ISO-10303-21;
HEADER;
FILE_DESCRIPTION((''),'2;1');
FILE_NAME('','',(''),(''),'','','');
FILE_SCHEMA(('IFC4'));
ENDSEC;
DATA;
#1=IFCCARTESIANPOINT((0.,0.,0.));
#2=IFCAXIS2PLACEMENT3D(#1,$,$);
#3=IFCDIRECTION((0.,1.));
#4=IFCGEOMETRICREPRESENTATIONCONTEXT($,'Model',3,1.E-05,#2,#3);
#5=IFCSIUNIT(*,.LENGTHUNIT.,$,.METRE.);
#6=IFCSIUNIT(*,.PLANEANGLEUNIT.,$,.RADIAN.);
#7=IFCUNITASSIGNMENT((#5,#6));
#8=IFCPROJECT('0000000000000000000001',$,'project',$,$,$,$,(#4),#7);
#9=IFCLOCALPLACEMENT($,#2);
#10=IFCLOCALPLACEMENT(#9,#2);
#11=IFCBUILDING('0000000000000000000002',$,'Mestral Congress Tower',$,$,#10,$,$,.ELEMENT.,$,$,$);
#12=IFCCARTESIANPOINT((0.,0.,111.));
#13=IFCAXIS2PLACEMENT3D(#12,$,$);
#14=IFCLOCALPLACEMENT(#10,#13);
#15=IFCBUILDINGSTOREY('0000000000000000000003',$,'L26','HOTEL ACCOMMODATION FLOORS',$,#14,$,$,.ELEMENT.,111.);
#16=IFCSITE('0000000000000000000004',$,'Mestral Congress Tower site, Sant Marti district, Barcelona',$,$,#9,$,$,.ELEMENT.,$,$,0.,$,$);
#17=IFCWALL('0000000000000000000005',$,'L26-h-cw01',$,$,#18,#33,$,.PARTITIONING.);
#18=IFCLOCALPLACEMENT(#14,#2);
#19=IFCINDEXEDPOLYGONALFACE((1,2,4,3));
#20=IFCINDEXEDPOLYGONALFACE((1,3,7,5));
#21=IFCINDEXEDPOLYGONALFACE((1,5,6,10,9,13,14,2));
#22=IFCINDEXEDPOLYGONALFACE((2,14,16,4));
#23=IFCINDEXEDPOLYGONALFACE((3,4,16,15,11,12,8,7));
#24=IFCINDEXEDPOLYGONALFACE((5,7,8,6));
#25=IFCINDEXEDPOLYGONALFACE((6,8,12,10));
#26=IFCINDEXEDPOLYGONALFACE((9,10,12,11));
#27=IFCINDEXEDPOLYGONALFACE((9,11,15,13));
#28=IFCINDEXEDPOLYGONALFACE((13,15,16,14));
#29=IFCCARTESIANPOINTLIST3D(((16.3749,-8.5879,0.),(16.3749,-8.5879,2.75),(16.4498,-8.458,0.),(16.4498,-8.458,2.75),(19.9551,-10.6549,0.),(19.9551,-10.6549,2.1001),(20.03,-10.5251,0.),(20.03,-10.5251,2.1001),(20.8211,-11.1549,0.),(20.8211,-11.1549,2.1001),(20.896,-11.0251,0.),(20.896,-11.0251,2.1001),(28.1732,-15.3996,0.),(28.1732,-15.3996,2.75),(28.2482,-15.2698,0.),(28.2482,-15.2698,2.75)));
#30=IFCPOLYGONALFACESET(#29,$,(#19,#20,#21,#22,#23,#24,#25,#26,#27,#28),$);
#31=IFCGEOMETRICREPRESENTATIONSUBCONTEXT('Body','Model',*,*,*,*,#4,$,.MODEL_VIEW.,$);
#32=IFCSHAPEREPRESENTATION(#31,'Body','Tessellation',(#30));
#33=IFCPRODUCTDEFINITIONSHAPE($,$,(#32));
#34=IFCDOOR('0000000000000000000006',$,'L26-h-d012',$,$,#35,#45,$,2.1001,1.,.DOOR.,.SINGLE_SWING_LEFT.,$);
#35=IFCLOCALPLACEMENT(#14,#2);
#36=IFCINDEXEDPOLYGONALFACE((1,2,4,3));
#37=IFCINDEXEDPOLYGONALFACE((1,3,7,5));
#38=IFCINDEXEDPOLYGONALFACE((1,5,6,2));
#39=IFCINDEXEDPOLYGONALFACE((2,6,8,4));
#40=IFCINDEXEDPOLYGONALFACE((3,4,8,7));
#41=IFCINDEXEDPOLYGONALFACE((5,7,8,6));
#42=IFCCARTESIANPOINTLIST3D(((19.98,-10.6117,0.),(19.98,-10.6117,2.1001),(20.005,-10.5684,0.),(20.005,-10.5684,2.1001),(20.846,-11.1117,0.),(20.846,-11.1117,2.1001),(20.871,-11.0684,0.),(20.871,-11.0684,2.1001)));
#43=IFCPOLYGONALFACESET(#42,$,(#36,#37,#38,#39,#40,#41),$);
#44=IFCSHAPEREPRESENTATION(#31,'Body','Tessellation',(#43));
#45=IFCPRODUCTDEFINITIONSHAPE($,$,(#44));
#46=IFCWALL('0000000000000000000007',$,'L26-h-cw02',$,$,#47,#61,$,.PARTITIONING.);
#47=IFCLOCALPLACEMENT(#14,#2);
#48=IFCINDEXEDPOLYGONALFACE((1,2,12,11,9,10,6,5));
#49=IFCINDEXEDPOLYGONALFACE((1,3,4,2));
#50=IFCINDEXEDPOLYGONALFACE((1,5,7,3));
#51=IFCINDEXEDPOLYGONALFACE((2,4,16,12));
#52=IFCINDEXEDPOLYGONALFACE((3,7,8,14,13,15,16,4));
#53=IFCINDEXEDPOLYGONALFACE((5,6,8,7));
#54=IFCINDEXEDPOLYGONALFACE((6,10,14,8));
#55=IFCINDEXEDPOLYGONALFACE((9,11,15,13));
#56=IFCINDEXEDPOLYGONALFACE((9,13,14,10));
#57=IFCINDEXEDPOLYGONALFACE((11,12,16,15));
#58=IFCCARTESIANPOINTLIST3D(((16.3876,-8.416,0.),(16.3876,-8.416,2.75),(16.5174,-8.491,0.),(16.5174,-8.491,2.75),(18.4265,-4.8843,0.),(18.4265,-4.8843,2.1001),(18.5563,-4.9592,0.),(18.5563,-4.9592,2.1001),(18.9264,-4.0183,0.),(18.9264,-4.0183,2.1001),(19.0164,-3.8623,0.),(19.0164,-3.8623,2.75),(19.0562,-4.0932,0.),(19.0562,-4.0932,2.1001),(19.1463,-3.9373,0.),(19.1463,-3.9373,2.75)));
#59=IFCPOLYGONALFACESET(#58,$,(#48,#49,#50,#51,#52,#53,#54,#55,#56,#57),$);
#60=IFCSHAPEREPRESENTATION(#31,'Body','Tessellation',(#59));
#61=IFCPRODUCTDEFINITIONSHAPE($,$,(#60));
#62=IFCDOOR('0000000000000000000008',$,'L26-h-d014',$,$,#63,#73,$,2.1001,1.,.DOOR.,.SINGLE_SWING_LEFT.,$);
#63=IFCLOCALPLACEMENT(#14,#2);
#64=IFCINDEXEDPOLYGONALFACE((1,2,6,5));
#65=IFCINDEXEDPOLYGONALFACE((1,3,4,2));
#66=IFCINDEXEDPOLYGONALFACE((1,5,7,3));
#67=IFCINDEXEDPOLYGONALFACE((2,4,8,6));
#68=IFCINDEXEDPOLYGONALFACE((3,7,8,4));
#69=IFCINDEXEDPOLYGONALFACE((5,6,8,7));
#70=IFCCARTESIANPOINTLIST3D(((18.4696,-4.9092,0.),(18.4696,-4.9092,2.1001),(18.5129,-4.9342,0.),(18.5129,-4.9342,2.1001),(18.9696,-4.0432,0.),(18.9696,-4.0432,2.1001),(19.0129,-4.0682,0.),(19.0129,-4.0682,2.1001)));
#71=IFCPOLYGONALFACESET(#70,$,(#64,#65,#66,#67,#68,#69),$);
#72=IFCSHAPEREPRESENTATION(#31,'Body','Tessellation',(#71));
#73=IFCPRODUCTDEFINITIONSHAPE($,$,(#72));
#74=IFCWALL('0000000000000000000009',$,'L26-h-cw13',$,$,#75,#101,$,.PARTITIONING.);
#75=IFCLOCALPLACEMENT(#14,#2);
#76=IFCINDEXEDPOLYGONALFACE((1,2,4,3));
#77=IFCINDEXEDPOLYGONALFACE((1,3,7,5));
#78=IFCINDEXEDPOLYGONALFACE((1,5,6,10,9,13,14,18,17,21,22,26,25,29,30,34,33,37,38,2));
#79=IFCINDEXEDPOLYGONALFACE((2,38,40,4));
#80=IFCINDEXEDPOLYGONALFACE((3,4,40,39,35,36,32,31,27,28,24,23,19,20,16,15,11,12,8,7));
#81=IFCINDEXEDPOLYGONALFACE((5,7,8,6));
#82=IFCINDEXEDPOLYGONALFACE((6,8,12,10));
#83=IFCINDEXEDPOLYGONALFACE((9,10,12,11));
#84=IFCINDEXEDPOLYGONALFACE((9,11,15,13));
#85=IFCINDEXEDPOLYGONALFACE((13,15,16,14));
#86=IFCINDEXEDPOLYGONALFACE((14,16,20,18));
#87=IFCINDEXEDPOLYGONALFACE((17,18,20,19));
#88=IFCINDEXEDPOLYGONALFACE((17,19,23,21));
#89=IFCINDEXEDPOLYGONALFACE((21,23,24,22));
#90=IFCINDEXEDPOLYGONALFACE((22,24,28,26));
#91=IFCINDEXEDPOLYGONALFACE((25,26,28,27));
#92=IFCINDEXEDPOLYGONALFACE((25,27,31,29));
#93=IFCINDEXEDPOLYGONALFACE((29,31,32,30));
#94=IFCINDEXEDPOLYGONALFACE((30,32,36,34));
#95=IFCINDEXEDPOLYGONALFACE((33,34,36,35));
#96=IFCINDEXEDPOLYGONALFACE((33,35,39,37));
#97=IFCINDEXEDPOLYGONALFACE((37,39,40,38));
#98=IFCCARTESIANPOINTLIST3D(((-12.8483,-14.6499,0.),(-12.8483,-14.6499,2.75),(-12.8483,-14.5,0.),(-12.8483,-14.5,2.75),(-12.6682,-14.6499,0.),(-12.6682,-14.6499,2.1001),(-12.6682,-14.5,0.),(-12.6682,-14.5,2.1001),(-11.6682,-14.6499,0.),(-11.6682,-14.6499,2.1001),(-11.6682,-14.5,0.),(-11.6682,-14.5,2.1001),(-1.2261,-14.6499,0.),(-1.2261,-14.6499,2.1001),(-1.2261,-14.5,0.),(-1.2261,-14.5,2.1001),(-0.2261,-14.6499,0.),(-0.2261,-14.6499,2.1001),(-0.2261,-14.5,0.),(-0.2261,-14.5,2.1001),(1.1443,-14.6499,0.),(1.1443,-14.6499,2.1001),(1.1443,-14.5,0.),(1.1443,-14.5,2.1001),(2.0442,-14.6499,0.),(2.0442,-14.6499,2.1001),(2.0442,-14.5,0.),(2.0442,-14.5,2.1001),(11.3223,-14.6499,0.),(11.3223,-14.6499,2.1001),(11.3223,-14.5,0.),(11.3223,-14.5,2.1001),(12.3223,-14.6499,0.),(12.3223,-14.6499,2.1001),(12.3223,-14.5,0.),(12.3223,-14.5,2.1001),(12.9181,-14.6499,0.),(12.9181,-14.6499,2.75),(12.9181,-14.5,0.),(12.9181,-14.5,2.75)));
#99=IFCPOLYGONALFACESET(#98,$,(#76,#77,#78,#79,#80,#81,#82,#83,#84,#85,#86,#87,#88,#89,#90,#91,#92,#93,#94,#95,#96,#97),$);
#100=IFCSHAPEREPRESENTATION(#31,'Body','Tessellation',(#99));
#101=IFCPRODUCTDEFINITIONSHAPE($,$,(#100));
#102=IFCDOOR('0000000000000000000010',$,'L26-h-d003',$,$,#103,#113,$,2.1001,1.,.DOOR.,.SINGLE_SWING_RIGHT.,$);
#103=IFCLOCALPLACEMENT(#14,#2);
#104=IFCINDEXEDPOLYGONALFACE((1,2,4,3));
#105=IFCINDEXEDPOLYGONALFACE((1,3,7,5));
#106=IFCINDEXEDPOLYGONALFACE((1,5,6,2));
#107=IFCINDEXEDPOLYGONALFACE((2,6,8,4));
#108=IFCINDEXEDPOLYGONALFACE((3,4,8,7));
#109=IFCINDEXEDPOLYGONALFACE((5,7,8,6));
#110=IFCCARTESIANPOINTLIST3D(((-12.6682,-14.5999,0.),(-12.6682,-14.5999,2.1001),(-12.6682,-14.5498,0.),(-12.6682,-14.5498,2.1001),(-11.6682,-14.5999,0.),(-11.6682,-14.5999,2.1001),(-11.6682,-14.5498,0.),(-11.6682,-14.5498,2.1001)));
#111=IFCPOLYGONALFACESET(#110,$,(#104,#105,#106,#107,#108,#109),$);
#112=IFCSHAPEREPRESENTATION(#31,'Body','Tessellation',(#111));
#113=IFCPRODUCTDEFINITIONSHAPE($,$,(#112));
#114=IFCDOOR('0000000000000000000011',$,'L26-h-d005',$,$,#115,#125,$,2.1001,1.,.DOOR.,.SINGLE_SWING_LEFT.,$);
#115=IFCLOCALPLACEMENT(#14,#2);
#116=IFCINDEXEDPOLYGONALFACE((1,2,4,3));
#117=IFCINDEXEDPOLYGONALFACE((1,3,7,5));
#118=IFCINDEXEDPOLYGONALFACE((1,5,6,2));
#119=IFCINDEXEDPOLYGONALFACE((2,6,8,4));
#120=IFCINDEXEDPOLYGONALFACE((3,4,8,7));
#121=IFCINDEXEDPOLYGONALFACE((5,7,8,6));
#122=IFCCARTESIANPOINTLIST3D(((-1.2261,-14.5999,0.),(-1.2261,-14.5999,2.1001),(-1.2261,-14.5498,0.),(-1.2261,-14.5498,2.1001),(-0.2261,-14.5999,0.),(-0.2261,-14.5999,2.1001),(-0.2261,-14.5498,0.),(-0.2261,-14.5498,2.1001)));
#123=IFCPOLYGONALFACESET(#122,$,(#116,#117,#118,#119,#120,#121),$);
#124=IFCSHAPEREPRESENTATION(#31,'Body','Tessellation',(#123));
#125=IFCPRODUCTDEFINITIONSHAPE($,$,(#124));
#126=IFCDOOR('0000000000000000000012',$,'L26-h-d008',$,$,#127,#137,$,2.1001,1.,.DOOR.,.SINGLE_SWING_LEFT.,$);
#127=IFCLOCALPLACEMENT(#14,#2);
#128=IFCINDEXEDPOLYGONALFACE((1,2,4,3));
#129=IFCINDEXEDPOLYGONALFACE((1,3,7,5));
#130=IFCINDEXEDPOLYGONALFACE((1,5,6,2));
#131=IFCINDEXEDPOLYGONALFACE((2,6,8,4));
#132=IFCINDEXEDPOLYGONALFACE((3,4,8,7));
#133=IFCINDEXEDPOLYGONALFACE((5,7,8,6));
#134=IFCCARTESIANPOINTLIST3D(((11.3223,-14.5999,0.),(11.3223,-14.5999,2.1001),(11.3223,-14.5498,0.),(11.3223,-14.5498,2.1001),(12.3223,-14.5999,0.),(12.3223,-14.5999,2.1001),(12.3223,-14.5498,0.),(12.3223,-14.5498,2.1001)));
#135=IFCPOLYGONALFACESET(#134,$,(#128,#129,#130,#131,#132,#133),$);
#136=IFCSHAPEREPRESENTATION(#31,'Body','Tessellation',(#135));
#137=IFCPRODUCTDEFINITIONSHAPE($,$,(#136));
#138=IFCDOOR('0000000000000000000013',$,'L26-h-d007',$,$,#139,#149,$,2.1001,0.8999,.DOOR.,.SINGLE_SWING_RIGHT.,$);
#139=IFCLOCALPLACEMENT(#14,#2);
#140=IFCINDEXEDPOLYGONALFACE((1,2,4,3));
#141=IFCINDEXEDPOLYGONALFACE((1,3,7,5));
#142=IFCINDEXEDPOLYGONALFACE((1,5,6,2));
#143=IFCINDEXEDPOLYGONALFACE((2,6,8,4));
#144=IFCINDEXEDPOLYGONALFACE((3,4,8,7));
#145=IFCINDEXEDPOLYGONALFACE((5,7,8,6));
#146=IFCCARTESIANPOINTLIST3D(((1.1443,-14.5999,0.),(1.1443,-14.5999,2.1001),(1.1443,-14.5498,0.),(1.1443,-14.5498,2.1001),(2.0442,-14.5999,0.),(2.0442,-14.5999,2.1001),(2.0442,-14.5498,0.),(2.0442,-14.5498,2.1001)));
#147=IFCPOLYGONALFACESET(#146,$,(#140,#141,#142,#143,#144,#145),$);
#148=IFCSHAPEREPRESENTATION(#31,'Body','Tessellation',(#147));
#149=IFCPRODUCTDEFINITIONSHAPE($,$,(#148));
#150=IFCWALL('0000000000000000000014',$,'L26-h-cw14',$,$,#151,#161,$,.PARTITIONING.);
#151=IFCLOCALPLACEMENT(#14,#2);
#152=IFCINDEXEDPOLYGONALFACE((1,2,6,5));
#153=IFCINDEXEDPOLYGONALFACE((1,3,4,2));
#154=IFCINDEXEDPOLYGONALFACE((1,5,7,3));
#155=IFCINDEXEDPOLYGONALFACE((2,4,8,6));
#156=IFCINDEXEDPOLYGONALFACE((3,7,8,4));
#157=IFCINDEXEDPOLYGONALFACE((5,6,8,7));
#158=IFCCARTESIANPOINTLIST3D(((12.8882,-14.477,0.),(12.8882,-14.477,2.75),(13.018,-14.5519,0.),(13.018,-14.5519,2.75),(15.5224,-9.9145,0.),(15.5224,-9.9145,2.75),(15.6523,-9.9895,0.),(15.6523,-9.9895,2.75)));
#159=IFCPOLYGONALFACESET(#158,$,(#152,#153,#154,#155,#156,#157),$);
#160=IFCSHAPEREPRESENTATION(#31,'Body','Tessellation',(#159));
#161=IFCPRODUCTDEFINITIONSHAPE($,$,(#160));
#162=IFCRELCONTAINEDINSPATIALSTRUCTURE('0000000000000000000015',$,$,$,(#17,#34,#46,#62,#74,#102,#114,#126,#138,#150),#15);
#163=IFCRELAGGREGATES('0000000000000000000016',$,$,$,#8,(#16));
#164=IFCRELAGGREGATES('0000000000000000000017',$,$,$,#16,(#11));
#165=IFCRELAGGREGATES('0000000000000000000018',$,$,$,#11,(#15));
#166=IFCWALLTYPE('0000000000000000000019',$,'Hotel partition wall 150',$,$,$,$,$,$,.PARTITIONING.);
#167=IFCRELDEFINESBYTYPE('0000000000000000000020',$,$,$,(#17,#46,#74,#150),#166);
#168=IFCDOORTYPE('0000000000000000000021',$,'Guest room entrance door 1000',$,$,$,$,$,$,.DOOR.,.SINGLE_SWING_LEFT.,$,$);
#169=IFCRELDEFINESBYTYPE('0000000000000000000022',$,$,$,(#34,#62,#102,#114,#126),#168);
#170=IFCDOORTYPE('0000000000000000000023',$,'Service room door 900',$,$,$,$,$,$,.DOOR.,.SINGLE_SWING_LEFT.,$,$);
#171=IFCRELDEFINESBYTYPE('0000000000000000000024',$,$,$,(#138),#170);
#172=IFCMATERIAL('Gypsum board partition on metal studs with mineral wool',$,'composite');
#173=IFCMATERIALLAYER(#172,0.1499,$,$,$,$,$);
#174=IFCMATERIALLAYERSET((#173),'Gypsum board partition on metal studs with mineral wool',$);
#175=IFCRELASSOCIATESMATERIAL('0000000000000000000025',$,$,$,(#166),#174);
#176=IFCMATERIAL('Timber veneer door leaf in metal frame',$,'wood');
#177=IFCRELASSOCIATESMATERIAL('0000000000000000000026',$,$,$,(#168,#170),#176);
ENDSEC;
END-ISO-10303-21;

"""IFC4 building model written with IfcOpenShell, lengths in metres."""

from ifc_helpers import new_model, si_unit, direction, frame, frame_2d, origin, place, context, subcontext, project, spatial, rectangle, extrude, material, layer, layer_set, type_object, element, fill, save


model = new_model("IFC4")

# Units and contexts
model_context = context("Model", 3, precision=1e-05, world=origin(), true_north=direction((0.0, 1.0)))
body_context = subcontext(model_context, "Body", "Model", "MODEL_VIEW")
ifc_project = project(units=[si_unit("LENGTHUNIT", "METRE"), si_unit("PLANEANGLEUNIT", "RADIAN")], contexts=[model_context])

# Site, building, storey
site_placement = place(None, origin())
site = spatial("IfcSite", under=ifc_project, at=site_placement, Name="Mestral Congress Tower site, Sant Marti district, Barcelona", CompositionType="ELEMENT", RefElevation=0.0)
building_placement = place(site_placement, origin())
building = spatial("IfcBuilding", under=site, at=building_placement, Name="Mestral Congress Tower", CompositionType="ELEMENT")
storey_placement = place(building_placement, frame((0.0, 0.0, 111.0)))
storey = spatial("IfcBuildingStorey", under=building, at=storey_placement, Name="L26", Description="HOTEL ACCOMMODATION FLOORS", CompositionType="ELEMENT", Elevation=111.0)

# Shared definitions
ifc_material_1 = material(Name="Gypsum board partition on metal studs with mineral wool", Category="composite")

# Walls, openings, doors
ifc_layer_1 = layer(ifc_material_1, 0.1499)
ifc_layer_set_1 = layer_set([ifc_layer_1], Name="Gypsum board partition on metal studs with mineral wool")
wall_type_1 = type_object("IfcWallType", Name="Hotel partition wall 150", PredefinedType="PARTITIONING", material=ifc_layer_set_1)
wall_1_placement = place(storey_placement, frame((16.4124, -8.5229, 0.0), z_axis=(0.0, 0.0, 1.0), x_axis=(0.866026, -0.5, 0.0)))
wall_1 = element("IfcWall", 1, at=wall_1_placement, inside=storey, type_object=wall_type_1, Name="L26-h-cw01", PredefinedType="PARTITIONING", context=body_context, shape_type="SweptSolid", body=[
    extrude(rectangle(XDim=13.6235, YDim=0.1499, at=frame_2d((6.8118, 0.0))), origin(), (0.0, 0.0, 1.0), 2.75),
])
opening_1_placement = place(wall_1_placement, frame((4.134, 0.0, 0.0)))
opening_1 = element("IfcOpeningElement", 2, at=opening_1_placement, cuts=wall_1, PredefinedType="OPENING", context=body_context, shape_type="SweptSolid", body=[
    extrude(rectangle(XDim=1.0, YDim=2.1001, at=frame_2d((0.5, 1.05))), frame((0.0, 0.085, 0.0), z_axis=(0.0, -1.0, 0.0), x_axis=(1.0, 0.0, 0.0)), (0.0, 0.0, 1.0), 0.1699),
])
ifc_material_2 = material(Name="Timber veneer door leaf in metal frame", Category="wood")
door_type_1 = type_object("IfcDoorType", Name="Guest room entrance door 1000", OperationType="SINGLE_SWING_LEFT", PredefinedType="DOOR", material=ifc_material_2)
door_1_placement = place(opening_1_placement, origin())
door_1 = element("IfcDoor", 3, at=door_1_placement, inside=storey, type_object=door_type_1, Name="L26-h-d012", OperationType="SINGLE_SWING_LEFT", OverallHeight=2.1001, OverallWidth=1.0, PredefinedType="DOOR", context=body_context, shape_type="SweptSolid", body=[
    extrude(rectangle(XDim=1.0, YDim=2.1001, at=frame_2d((0.5, 1.05))), frame((0.0, 0.0249, 0.0), z_axis=(0.0, -1.0, 0.0), x_axis=(1.0, 0.0, 0.0)), (0.0, 0.0, 1.0), 0.05),
])
fill(opening_1, door_1)
wall_2_placement = place(storey_placement, frame((19.0813, -3.8999, 0.0), z_axis=(0.0, 0.0, 1.0), x_axis=(-0.499974, -0.86604, 0.0)))
wall_2 = element("IfcWall", 4, at=wall_2_placement, inside=storey, type_object=wall_type_1, Name="L26-h-cw02", PredefinedType="PARTITIONING", context=body_context, shape_type="SweptSolid", body=[
    extrude(rectangle(XDim=5.2581, YDim=0.1499, at=frame_2d((2.6289, 0.0))), origin(), (0.0, 0.0, 1.0), 2.75),
])
opening_2_placement = place(wall_2_placement, frame((0.1799, 0.0, 0.0)))
opening_2 = element("IfcOpeningElement", 5, at=opening_2_placement, cuts=wall_2, PredefinedType="OPENING", context=body_context, shape_type="SweptSolid", body=[
    extrude(rectangle(XDim=1.0, YDim=2.1001, at=frame_2d((0.5, 1.05))), frame((0.0, 0.085, 0.0), z_axis=(0.0, -1.0, 0.0), x_axis=(1.0, 0.0, 0.0)), (0.0, 0.0, 1.0), 0.1699),
])
door_2_placement = place(opening_2_placement, origin())
door_2 = element("IfcDoor", 6, at=door_2_placement, inside=storey, type_object=door_type_1, Name="L26-h-d014", OperationType="SINGLE_SWING_LEFT", OverallHeight=2.1001, OverallWidth=1.0, PredefinedType="DOOR", context=body_context, shape_type="SweptSolid", body=[
    extrude(rectangle(XDim=1.0, YDim=2.1001, at=frame_2d((0.5, 1.05))), frame((0.0, 0.0249, 0.0), z_axis=(0.0, -1.0, 0.0), x_axis=(1.0, 0.0, 0.0)), (0.0, 0.0, 1.0), 0.05),
])
fill(opening_2, door_2)

# Wall, openings, doors
wall_3_placement = place(storey_placement, frame((12.9182, -14.575, 0.0), z_axis=(0.0, 0.0, 1.0), x_axis=(-1.0, 0.0, 0.0)))
wall_3 = element("IfcWall", 7, at=wall_3_placement, inside=storey, type_object=wall_type_1, Name="L26-h-cw13", PredefinedType="PARTITIONING", context=body_context, shape_type="SweptSolid", body=[
    extrude(rectangle(XDim=25.7664, YDim=0.1499, at=frame_2d((12.8833, 0.0))), origin(), (0.0, 0.0, 1.0), 2.75),
])
opening_3_placement = place(wall_3_placement, frame((24.5864, 0.0, 0.0)))
opening_3 = element("IfcOpeningElement", 8, at=opening_3_placement, cuts=wall_3, PredefinedType="OPENING", context=body_context, shape_type="SweptSolid", body=[
    extrude(rectangle(XDim=1.0, YDim=2.1001, at=frame_2d((0.5, 1.05))), frame((0.0, 0.085, 0.0), z_axis=(0.0, -1.0, 0.0), x_axis=(1.0, 0.0, 0.0)), (0.0, 0.0, 1.0), 0.1699),
])
opening_4_placement = place(wall_3_placement, frame((13.1443, 0.0, 0.0)))
opening_4 = element("IfcOpeningElement", 9, at=opening_4_placement, cuts=wall_3, PredefinedType="OPENING", context=body_context, shape_type="SweptSolid", body=[
    extrude(rectangle(XDim=1.0, YDim=2.1001, at=frame_2d((0.5, 1.05))), frame((0.0, 0.085, 0.0), z_axis=(0.0, -1.0, 0.0), x_axis=(1.0, 0.0, 0.0)), (0.0, 0.0, 1.0), 0.1699),
])
opening_5_placement = place(wall_3_placement, frame((10.874, 0.0, 0.0)))
opening_5 = element("IfcOpeningElement", 10, at=opening_5_placement, cuts=wall_3, PredefinedType="OPENING", context=body_context, shape_type="SweptSolid", body=[
    extrude(rectangle(XDim=0.8999, YDim=2.1001, at=frame_2d((0.45, 1.05))), frame((0.0, 0.085, 0.0), z_axis=(0.0, -1.0, 0.0), x_axis=(1.0, 0.0, 0.0)), (0.0, 0.0, 1.0), 0.1699),
])
opening_6_placement = place(wall_3_placement, frame((0.5959, 0.0, 0.0)))
opening_6 = element("IfcOpeningElement", 11, at=opening_6_placement, cuts=wall_3, PredefinedType="OPENING", context=body_context, shape_type="SweptSolid", body=[
    extrude(rectangle(XDim=1.0, YDim=2.1001, at=frame_2d((0.5, 1.05))), frame((0.0, 0.085, 0.0), z_axis=(0.0, -1.0, 0.0), x_axis=(1.0, 0.0, 0.0)), (0.0, 0.0, 1.0), 0.1699),
])
door_3_placement = place(opening_3_placement, origin())
door_3 = element("IfcDoor", 12, at=door_3_placement, inside=storey, type_object=door_type_1, Name="L26-h-d003", OperationType="SINGLE_SWING_RIGHT", OverallHeight=2.1001, OverallWidth=1.0, PredefinedType="DOOR", context=body_context, shape_type="SweptSolid", body=[
    extrude(rectangle(XDim=1.0, YDim=2.1001, at=frame_2d((0.5, 1.05))), frame((0.0, 0.0249, 0.0), z_axis=(0.0, -1.0, 0.0), x_axis=(1.0, 0.0, 0.0)), (0.0, 0.0, 1.0), 0.05),
])
fill(opening_3, door_3)
door_4_placement = place(opening_4_placement, origin())
door_4 = element("IfcDoor", 13, at=door_4_placement, inside=storey, type_object=door_type_1, Name="L26-h-d005", OperationType="SINGLE_SWING_LEFT", OverallHeight=2.1001, OverallWidth=1.0, PredefinedType="DOOR", context=body_context, shape_type="SweptSolid", body=[
    extrude(rectangle(XDim=1.0, YDim=2.1001, at=frame_2d((0.5, 1.05))), frame((0.0, 0.0249, 0.0), z_axis=(0.0, -1.0, 0.0), x_axis=(1.0, 0.0, 0.0)), (0.0, 0.0, 1.0), 0.05),
])
fill(opening_4, door_4)
door_5_placement = place(opening_6_placement, origin())
door_5 = element("IfcDoor", 14, at=door_5_placement, inside=storey, type_object=door_type_1, Name="L26-h-d008", OperationType="SINGLE_SWING_LEFT", OverallHeight=2.1001, OverallWidth=1.0, PredefinedType="DOOR", context=body_context, shape_type="SweptSolid", body=[
    extrude(rectangle(XDim=1.0, YDim=2.1001, at=frame_2d((0.5, 1.05))), frame((0.0, 0.0249, 0.0), z_axis=(0.0, -1.0, 0.0), x_axis=(1.0, 0.0, 0.0)), (0.0, 0.0, 1.0), 0.05),
])
fill(opening_6, door_5)
door_type_2 = type_object("IfcDoorType", Name="Service room door 900", OperationType="SINGLE_SWING_LEFT", PredefinedType="DOOR", material=ifc_material_2)
door_6_placement = place(opening_5_placement, origin())
door_6 = element("IfcDoor", 15, at=door_6_placement, inside=storey, type_object=door_type_2, Name="L26-h-d007", OperationType="SINGLE_SWING_RIGHT", OverallHeight=2.1001, OverallWidth=0.8999, PredefinedType="DOOR", context=body_context, shape_type="SweptSolid", body=[
    extrude(rectangle(XDim=0.8999, YDim=2.1001, at=frame_2d((0.45, 1.05))), frame((0.0, 0.0249, 0.0), z_axis=(0.0, -1.0, 0.0), x_axis=(1.0, 0.0, 0.0)), (0.0, 0.0, 1.0), 0.05),
])
fill(opening_5, door_6)

# Wall
wall_4_placement = place(storey_placement, frame((15.5874, -9.9519, 0.0), z_axis=(0.0, 0.0, 1.0), x_axis=(-0.500017, -0.866016, 0.0)))
element("IfcWall", 16, at=wall_4_placement, inside=storey, type_object=wall_type_1, Name="L26-h-cw14", PredefinedType="PARTITIONING", context=body_context, shape_type="SweptSolid", body=[
    extrude(rectangle(XDim=5.2683, YDim=0.1499, at=frame_2d((2.6343, 0.0))), origin(), (0.0, 0.0, 1.0), 2.75),
])

save(model, "model.ifc")
